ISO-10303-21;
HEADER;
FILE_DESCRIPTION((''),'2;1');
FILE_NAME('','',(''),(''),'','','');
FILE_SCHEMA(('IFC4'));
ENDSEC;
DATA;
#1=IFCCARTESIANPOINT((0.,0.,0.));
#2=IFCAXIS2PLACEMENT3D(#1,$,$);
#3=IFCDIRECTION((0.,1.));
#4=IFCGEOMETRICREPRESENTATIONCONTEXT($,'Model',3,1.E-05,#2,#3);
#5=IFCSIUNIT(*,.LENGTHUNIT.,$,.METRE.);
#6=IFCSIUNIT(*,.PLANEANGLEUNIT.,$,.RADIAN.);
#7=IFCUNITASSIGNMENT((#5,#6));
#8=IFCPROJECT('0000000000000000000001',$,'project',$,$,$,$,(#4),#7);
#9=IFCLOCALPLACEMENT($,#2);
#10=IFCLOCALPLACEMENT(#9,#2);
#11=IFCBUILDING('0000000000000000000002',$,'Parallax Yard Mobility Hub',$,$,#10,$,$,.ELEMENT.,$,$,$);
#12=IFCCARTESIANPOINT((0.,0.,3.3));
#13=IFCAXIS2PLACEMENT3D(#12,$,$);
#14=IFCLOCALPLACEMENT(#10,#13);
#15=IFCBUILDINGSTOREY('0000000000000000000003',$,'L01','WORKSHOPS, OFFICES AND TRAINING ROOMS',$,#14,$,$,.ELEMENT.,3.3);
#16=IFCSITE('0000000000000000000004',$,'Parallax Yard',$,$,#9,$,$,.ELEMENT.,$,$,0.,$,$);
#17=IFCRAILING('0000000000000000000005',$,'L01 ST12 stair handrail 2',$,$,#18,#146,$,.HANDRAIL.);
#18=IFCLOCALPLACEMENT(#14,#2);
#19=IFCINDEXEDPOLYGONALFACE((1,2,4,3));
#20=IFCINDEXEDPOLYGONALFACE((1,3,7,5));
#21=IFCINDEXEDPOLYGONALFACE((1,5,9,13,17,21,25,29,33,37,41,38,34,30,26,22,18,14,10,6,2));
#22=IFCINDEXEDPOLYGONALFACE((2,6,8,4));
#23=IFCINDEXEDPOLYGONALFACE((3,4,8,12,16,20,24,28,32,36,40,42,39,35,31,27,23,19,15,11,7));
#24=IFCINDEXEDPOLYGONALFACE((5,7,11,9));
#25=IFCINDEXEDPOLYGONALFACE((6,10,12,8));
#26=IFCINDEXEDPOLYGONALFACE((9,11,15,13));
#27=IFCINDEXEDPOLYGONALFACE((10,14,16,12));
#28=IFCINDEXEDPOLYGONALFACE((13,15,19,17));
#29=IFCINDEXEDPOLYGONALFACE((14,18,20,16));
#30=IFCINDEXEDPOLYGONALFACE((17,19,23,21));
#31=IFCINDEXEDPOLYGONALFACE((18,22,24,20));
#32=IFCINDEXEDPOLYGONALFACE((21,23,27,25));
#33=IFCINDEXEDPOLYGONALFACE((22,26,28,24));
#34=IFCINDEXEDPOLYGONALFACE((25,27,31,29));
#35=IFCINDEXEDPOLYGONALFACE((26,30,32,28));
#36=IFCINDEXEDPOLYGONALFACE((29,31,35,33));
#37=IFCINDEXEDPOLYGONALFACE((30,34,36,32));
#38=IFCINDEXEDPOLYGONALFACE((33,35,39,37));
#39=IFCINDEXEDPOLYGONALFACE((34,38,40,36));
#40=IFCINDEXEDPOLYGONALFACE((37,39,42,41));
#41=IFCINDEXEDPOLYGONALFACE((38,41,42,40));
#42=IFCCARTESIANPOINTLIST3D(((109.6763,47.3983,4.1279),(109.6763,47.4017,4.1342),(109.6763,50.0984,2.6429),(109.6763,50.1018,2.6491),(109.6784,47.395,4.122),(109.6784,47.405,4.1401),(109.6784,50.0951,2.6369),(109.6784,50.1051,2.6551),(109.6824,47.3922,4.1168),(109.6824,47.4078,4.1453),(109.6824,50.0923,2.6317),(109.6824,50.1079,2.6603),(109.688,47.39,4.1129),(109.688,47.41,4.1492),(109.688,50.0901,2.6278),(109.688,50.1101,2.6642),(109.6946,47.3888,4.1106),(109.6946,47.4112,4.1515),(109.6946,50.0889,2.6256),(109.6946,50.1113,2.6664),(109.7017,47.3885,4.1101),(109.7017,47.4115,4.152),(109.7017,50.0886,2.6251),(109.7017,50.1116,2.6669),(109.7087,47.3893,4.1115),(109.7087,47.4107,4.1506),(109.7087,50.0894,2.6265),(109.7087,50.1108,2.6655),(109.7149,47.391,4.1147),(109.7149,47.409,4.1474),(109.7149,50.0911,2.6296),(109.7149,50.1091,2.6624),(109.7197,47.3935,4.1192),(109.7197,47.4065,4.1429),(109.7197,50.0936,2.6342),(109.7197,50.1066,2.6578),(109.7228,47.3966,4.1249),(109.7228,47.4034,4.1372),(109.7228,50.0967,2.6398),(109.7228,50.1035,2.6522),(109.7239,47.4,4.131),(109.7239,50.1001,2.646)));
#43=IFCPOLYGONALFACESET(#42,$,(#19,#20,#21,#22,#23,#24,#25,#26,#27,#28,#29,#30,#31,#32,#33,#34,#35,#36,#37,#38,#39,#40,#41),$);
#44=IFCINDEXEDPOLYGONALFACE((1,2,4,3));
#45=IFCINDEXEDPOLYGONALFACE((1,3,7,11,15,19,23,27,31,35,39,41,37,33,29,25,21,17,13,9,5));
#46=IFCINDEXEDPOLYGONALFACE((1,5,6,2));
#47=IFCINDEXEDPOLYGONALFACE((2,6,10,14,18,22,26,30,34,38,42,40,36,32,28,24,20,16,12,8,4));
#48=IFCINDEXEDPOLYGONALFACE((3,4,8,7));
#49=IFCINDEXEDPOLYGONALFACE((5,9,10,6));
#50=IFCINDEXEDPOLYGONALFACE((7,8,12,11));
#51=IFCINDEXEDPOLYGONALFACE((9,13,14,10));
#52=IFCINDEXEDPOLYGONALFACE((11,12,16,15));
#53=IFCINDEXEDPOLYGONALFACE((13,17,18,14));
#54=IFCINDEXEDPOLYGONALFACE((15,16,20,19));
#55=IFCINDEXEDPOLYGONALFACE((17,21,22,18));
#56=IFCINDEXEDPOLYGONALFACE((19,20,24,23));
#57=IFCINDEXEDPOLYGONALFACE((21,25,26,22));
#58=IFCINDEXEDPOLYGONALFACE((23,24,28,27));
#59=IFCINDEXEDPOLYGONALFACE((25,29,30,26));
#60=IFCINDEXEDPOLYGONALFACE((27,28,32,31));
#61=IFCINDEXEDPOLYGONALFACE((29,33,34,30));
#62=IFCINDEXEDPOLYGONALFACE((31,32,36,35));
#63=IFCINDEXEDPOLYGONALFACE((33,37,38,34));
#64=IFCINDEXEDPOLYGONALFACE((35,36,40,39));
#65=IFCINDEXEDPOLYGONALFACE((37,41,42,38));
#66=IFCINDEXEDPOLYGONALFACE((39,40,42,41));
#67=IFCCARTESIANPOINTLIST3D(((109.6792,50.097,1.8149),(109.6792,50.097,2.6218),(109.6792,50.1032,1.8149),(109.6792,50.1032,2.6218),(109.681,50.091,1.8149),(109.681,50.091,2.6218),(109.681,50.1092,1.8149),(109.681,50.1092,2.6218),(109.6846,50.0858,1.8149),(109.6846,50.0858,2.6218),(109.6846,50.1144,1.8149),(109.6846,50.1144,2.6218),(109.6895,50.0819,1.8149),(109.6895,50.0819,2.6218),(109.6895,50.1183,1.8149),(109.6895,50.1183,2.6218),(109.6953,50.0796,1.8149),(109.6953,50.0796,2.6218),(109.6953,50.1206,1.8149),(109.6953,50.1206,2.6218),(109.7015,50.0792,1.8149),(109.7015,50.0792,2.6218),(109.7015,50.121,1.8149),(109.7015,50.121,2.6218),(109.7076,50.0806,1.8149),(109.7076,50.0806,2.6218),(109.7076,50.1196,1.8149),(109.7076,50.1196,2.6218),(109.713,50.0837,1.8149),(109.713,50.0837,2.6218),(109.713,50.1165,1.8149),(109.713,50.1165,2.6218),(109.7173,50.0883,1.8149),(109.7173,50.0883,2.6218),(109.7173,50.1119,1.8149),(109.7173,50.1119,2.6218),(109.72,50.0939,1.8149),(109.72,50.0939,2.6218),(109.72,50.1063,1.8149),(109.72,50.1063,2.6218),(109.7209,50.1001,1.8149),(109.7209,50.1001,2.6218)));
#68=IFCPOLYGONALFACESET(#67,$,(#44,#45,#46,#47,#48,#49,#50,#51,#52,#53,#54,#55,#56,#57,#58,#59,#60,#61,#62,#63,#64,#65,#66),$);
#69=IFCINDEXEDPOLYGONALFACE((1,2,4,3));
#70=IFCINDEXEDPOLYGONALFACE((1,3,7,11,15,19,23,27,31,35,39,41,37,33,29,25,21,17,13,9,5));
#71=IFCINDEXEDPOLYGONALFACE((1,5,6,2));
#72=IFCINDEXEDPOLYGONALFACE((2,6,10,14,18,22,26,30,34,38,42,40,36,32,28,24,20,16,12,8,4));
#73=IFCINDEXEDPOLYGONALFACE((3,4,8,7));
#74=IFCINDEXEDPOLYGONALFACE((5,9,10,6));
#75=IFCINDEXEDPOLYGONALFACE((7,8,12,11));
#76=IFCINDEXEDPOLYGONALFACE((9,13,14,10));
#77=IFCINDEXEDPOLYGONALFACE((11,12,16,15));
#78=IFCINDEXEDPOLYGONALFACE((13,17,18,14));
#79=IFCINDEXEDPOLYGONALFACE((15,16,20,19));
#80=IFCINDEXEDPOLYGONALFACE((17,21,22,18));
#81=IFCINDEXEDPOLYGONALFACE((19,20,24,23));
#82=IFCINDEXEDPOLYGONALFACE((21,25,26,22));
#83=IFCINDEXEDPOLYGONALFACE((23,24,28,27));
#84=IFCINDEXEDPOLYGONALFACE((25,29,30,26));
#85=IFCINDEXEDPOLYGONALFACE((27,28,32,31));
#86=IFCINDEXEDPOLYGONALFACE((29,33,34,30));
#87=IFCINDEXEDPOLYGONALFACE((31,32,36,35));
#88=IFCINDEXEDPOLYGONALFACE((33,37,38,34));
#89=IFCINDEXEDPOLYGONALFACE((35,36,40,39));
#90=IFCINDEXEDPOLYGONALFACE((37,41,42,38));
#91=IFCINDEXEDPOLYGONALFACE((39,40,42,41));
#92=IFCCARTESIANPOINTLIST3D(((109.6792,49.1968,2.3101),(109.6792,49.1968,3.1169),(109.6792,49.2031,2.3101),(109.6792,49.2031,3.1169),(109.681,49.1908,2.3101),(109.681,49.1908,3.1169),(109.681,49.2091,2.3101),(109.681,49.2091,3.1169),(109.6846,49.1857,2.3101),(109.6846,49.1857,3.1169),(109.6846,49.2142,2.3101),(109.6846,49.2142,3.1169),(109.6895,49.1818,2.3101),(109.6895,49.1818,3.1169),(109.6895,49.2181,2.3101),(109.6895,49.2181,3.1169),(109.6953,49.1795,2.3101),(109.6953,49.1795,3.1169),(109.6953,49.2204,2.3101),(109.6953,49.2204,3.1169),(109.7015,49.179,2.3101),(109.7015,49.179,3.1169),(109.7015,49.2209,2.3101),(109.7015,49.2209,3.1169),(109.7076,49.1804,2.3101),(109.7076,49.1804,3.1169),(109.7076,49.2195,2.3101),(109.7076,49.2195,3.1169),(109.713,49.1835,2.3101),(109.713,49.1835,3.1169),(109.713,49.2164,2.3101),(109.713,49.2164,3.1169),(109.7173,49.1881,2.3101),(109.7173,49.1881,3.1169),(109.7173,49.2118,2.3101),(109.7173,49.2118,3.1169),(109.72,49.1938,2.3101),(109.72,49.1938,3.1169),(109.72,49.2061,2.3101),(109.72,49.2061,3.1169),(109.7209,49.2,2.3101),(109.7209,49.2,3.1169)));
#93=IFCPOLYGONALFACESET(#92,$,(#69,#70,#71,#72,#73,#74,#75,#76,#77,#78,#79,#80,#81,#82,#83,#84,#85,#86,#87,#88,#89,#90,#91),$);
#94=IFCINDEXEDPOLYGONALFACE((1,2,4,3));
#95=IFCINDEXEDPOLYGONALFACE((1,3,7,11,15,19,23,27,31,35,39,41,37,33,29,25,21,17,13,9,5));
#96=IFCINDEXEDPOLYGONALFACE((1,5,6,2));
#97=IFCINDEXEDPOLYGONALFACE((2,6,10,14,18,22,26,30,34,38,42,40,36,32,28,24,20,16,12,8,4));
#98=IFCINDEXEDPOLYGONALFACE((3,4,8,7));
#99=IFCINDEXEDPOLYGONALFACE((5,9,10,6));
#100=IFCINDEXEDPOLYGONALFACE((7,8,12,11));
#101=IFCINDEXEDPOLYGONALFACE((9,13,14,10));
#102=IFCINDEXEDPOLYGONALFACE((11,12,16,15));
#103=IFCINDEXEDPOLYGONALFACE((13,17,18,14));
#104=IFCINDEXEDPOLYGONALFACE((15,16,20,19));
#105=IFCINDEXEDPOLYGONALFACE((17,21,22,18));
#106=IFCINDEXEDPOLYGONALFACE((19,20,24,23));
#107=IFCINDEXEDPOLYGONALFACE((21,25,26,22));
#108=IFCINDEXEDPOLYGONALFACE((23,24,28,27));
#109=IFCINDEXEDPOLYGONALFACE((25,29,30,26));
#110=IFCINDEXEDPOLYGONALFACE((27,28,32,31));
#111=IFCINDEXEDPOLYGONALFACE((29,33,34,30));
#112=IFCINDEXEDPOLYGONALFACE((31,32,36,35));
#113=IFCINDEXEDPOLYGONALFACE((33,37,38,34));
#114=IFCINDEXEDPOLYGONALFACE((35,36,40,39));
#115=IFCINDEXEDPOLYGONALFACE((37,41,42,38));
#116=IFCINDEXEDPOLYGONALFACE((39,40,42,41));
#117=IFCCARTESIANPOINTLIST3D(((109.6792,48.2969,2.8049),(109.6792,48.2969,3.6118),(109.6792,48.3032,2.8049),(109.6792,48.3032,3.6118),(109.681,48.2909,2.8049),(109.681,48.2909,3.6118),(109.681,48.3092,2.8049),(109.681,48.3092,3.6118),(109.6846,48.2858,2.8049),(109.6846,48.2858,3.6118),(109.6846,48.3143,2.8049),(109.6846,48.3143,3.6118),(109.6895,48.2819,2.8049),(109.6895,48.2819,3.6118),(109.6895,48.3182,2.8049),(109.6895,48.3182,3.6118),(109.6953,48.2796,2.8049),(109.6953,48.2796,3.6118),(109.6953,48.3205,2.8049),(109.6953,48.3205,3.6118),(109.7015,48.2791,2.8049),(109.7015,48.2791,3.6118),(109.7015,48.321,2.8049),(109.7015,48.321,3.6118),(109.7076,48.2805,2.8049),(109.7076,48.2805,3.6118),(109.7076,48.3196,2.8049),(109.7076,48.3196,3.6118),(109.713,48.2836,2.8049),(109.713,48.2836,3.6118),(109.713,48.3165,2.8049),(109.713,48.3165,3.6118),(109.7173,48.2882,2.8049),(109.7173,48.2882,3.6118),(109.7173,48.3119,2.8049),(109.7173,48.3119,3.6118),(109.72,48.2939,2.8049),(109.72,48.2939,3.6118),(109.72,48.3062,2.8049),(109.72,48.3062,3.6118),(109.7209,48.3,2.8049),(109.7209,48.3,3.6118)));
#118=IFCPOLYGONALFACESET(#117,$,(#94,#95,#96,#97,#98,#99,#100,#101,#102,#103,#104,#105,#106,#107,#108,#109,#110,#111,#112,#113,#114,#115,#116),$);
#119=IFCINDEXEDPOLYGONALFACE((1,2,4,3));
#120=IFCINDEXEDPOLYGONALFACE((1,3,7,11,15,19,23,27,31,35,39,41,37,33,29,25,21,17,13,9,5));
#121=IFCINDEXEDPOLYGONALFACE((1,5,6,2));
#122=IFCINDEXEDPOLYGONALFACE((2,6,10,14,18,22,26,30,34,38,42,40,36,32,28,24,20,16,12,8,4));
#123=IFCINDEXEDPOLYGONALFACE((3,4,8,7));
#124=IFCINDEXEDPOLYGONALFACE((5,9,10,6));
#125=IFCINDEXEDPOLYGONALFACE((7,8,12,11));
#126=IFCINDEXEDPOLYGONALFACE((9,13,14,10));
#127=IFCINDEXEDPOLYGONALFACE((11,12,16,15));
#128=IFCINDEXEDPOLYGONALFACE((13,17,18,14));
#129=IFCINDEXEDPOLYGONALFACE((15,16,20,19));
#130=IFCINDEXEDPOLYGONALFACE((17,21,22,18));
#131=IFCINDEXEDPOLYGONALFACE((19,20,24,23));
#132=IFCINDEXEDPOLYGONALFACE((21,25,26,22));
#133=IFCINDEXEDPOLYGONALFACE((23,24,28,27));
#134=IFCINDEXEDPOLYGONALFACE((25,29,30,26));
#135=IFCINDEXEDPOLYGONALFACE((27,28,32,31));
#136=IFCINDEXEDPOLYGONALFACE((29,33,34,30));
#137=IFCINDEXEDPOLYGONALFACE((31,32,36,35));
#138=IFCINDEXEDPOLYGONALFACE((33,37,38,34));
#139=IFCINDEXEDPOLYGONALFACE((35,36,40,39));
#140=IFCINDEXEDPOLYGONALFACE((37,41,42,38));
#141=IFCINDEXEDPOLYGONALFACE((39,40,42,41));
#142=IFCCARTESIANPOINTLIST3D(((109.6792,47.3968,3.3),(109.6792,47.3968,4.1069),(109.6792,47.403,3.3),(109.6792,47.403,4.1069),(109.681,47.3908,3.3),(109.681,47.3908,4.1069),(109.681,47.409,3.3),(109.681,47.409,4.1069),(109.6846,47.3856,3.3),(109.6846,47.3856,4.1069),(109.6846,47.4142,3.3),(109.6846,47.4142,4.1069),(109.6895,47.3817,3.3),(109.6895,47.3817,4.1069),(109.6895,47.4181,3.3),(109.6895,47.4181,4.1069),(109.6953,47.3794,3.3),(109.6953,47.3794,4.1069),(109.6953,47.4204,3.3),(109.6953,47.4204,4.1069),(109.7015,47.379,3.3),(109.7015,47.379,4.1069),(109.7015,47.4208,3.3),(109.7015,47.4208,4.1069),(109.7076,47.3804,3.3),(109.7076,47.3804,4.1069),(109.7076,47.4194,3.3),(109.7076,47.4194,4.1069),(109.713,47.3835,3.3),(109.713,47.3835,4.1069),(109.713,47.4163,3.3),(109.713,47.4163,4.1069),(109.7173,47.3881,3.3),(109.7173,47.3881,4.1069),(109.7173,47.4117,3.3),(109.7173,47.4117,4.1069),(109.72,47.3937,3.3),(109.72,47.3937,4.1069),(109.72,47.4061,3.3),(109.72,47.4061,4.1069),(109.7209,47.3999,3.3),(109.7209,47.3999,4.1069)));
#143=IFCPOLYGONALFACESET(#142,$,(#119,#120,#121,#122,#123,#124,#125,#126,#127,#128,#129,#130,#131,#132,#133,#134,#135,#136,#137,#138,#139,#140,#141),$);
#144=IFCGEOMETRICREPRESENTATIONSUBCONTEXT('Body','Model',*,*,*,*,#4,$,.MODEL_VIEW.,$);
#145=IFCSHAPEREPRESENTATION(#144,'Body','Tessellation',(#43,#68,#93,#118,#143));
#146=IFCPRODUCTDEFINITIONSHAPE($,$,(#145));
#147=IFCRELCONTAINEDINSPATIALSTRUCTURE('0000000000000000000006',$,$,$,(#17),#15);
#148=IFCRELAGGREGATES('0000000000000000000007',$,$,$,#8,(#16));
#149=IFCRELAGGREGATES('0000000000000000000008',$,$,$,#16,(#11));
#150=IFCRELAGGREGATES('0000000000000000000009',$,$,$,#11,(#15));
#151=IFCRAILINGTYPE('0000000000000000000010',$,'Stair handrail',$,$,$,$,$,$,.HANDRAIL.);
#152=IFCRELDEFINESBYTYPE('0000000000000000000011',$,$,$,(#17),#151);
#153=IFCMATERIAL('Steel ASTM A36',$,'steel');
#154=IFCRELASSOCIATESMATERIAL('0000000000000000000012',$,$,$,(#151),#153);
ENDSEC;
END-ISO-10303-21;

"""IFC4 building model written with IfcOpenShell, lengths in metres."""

from ifc_helpers import new_model, si_unit, direction, frame, origin, origin_2d, place, context, subcontext, project, spatial, circle, extrude, material, type_object, element, save


model = new_model("IFC4")

# Units and contexts
model_context = context("Model", 3, precision=1e-05, world=origin(), true_north=direction((0.0, 1.0)))
body_context = subcontext(model_context, "Body", "Model", "MODEL_VIEW")
ifc_project = project(units=[si_unit("LENGTHUNIT", "METRE"), si_unit("PLANEANGLEUNIT", "RADIAN")], contexts=[model_context])

# Site, building, storey
site_placement = place(None, origin())
site = spatial("IfcSite", under=ifc_project, at=site_placement, Name="Parallax Yard", CompositionType="ELEMENT", RefElevation=0.0)
building_placement = place(site_placement, origin())
building = spatial("IfcBuilding", under=site, at=building_placement, Name="Parallax Yard Mobility Hub", CompositionType="ELEMENT")
storey_placement = place(building_placement, frame((0.0, 0.0, 3.3)))
storey = spatial("IfcBuildingStorey", under=building, at=storey_placement, Name="L01", Description="WORKSHOPS, OFFICES AND TRAINING ROOMS", CompositionType="ELEMENT", Elevation=3.3)

# Railing
ifc_material_1 = material(Name="Steel ASTM A36", Category="steel")
railing_type_1 = type_object("IfcRailingType", Name="Stair handrail", PredefinedType="HANDRAIL", material=ifc_material_1)
railing_1_placement = place(storey_placement, frame((109.7, 50.1001, 1.8149)))
element("IfcRailing", 1, at=railing_1_placement, inside=storey, type_object=railing_type_1, Name="L01 ST12 stair handrail 2", PredefinedType="HANDRAIL", context=body_context, shape_type="SweptSolid", body=[
    extrude(circle(Radius=0.0239, at=origin_2d()), frame((0.0, 0.0, 0.8311), z_axis=(0.0, -0.876216, 0.481919), x_axis=(1.0, 0.0, 0.0)), (0.0, 0.0, 1.0), 3.0815),
    extrude(circle(Radius=0.021, at=origin_2d()), origin(), (0.0, 0.0, 1.0), 0.8069),
    extrude(circle(Radius=0.021, at=origin_2d()), frame((0.0, -0.9001, 0.4951)), (0.0, 0.0, 1.0), 0.8069),
    extrude(circle(Radius=0.021, at=origin_2d()), frame((0.0, -1.8, 0.99)), (0.0, 0.0, 1.0), 0.8069),
    extrude(circle(Radius=0.021, at=origin_2d()), frame((0.0, -2.7002, 1.4851)), (0.0, 0.0, 1.0), 0.8069),
])

save(model, "model.ifc")
